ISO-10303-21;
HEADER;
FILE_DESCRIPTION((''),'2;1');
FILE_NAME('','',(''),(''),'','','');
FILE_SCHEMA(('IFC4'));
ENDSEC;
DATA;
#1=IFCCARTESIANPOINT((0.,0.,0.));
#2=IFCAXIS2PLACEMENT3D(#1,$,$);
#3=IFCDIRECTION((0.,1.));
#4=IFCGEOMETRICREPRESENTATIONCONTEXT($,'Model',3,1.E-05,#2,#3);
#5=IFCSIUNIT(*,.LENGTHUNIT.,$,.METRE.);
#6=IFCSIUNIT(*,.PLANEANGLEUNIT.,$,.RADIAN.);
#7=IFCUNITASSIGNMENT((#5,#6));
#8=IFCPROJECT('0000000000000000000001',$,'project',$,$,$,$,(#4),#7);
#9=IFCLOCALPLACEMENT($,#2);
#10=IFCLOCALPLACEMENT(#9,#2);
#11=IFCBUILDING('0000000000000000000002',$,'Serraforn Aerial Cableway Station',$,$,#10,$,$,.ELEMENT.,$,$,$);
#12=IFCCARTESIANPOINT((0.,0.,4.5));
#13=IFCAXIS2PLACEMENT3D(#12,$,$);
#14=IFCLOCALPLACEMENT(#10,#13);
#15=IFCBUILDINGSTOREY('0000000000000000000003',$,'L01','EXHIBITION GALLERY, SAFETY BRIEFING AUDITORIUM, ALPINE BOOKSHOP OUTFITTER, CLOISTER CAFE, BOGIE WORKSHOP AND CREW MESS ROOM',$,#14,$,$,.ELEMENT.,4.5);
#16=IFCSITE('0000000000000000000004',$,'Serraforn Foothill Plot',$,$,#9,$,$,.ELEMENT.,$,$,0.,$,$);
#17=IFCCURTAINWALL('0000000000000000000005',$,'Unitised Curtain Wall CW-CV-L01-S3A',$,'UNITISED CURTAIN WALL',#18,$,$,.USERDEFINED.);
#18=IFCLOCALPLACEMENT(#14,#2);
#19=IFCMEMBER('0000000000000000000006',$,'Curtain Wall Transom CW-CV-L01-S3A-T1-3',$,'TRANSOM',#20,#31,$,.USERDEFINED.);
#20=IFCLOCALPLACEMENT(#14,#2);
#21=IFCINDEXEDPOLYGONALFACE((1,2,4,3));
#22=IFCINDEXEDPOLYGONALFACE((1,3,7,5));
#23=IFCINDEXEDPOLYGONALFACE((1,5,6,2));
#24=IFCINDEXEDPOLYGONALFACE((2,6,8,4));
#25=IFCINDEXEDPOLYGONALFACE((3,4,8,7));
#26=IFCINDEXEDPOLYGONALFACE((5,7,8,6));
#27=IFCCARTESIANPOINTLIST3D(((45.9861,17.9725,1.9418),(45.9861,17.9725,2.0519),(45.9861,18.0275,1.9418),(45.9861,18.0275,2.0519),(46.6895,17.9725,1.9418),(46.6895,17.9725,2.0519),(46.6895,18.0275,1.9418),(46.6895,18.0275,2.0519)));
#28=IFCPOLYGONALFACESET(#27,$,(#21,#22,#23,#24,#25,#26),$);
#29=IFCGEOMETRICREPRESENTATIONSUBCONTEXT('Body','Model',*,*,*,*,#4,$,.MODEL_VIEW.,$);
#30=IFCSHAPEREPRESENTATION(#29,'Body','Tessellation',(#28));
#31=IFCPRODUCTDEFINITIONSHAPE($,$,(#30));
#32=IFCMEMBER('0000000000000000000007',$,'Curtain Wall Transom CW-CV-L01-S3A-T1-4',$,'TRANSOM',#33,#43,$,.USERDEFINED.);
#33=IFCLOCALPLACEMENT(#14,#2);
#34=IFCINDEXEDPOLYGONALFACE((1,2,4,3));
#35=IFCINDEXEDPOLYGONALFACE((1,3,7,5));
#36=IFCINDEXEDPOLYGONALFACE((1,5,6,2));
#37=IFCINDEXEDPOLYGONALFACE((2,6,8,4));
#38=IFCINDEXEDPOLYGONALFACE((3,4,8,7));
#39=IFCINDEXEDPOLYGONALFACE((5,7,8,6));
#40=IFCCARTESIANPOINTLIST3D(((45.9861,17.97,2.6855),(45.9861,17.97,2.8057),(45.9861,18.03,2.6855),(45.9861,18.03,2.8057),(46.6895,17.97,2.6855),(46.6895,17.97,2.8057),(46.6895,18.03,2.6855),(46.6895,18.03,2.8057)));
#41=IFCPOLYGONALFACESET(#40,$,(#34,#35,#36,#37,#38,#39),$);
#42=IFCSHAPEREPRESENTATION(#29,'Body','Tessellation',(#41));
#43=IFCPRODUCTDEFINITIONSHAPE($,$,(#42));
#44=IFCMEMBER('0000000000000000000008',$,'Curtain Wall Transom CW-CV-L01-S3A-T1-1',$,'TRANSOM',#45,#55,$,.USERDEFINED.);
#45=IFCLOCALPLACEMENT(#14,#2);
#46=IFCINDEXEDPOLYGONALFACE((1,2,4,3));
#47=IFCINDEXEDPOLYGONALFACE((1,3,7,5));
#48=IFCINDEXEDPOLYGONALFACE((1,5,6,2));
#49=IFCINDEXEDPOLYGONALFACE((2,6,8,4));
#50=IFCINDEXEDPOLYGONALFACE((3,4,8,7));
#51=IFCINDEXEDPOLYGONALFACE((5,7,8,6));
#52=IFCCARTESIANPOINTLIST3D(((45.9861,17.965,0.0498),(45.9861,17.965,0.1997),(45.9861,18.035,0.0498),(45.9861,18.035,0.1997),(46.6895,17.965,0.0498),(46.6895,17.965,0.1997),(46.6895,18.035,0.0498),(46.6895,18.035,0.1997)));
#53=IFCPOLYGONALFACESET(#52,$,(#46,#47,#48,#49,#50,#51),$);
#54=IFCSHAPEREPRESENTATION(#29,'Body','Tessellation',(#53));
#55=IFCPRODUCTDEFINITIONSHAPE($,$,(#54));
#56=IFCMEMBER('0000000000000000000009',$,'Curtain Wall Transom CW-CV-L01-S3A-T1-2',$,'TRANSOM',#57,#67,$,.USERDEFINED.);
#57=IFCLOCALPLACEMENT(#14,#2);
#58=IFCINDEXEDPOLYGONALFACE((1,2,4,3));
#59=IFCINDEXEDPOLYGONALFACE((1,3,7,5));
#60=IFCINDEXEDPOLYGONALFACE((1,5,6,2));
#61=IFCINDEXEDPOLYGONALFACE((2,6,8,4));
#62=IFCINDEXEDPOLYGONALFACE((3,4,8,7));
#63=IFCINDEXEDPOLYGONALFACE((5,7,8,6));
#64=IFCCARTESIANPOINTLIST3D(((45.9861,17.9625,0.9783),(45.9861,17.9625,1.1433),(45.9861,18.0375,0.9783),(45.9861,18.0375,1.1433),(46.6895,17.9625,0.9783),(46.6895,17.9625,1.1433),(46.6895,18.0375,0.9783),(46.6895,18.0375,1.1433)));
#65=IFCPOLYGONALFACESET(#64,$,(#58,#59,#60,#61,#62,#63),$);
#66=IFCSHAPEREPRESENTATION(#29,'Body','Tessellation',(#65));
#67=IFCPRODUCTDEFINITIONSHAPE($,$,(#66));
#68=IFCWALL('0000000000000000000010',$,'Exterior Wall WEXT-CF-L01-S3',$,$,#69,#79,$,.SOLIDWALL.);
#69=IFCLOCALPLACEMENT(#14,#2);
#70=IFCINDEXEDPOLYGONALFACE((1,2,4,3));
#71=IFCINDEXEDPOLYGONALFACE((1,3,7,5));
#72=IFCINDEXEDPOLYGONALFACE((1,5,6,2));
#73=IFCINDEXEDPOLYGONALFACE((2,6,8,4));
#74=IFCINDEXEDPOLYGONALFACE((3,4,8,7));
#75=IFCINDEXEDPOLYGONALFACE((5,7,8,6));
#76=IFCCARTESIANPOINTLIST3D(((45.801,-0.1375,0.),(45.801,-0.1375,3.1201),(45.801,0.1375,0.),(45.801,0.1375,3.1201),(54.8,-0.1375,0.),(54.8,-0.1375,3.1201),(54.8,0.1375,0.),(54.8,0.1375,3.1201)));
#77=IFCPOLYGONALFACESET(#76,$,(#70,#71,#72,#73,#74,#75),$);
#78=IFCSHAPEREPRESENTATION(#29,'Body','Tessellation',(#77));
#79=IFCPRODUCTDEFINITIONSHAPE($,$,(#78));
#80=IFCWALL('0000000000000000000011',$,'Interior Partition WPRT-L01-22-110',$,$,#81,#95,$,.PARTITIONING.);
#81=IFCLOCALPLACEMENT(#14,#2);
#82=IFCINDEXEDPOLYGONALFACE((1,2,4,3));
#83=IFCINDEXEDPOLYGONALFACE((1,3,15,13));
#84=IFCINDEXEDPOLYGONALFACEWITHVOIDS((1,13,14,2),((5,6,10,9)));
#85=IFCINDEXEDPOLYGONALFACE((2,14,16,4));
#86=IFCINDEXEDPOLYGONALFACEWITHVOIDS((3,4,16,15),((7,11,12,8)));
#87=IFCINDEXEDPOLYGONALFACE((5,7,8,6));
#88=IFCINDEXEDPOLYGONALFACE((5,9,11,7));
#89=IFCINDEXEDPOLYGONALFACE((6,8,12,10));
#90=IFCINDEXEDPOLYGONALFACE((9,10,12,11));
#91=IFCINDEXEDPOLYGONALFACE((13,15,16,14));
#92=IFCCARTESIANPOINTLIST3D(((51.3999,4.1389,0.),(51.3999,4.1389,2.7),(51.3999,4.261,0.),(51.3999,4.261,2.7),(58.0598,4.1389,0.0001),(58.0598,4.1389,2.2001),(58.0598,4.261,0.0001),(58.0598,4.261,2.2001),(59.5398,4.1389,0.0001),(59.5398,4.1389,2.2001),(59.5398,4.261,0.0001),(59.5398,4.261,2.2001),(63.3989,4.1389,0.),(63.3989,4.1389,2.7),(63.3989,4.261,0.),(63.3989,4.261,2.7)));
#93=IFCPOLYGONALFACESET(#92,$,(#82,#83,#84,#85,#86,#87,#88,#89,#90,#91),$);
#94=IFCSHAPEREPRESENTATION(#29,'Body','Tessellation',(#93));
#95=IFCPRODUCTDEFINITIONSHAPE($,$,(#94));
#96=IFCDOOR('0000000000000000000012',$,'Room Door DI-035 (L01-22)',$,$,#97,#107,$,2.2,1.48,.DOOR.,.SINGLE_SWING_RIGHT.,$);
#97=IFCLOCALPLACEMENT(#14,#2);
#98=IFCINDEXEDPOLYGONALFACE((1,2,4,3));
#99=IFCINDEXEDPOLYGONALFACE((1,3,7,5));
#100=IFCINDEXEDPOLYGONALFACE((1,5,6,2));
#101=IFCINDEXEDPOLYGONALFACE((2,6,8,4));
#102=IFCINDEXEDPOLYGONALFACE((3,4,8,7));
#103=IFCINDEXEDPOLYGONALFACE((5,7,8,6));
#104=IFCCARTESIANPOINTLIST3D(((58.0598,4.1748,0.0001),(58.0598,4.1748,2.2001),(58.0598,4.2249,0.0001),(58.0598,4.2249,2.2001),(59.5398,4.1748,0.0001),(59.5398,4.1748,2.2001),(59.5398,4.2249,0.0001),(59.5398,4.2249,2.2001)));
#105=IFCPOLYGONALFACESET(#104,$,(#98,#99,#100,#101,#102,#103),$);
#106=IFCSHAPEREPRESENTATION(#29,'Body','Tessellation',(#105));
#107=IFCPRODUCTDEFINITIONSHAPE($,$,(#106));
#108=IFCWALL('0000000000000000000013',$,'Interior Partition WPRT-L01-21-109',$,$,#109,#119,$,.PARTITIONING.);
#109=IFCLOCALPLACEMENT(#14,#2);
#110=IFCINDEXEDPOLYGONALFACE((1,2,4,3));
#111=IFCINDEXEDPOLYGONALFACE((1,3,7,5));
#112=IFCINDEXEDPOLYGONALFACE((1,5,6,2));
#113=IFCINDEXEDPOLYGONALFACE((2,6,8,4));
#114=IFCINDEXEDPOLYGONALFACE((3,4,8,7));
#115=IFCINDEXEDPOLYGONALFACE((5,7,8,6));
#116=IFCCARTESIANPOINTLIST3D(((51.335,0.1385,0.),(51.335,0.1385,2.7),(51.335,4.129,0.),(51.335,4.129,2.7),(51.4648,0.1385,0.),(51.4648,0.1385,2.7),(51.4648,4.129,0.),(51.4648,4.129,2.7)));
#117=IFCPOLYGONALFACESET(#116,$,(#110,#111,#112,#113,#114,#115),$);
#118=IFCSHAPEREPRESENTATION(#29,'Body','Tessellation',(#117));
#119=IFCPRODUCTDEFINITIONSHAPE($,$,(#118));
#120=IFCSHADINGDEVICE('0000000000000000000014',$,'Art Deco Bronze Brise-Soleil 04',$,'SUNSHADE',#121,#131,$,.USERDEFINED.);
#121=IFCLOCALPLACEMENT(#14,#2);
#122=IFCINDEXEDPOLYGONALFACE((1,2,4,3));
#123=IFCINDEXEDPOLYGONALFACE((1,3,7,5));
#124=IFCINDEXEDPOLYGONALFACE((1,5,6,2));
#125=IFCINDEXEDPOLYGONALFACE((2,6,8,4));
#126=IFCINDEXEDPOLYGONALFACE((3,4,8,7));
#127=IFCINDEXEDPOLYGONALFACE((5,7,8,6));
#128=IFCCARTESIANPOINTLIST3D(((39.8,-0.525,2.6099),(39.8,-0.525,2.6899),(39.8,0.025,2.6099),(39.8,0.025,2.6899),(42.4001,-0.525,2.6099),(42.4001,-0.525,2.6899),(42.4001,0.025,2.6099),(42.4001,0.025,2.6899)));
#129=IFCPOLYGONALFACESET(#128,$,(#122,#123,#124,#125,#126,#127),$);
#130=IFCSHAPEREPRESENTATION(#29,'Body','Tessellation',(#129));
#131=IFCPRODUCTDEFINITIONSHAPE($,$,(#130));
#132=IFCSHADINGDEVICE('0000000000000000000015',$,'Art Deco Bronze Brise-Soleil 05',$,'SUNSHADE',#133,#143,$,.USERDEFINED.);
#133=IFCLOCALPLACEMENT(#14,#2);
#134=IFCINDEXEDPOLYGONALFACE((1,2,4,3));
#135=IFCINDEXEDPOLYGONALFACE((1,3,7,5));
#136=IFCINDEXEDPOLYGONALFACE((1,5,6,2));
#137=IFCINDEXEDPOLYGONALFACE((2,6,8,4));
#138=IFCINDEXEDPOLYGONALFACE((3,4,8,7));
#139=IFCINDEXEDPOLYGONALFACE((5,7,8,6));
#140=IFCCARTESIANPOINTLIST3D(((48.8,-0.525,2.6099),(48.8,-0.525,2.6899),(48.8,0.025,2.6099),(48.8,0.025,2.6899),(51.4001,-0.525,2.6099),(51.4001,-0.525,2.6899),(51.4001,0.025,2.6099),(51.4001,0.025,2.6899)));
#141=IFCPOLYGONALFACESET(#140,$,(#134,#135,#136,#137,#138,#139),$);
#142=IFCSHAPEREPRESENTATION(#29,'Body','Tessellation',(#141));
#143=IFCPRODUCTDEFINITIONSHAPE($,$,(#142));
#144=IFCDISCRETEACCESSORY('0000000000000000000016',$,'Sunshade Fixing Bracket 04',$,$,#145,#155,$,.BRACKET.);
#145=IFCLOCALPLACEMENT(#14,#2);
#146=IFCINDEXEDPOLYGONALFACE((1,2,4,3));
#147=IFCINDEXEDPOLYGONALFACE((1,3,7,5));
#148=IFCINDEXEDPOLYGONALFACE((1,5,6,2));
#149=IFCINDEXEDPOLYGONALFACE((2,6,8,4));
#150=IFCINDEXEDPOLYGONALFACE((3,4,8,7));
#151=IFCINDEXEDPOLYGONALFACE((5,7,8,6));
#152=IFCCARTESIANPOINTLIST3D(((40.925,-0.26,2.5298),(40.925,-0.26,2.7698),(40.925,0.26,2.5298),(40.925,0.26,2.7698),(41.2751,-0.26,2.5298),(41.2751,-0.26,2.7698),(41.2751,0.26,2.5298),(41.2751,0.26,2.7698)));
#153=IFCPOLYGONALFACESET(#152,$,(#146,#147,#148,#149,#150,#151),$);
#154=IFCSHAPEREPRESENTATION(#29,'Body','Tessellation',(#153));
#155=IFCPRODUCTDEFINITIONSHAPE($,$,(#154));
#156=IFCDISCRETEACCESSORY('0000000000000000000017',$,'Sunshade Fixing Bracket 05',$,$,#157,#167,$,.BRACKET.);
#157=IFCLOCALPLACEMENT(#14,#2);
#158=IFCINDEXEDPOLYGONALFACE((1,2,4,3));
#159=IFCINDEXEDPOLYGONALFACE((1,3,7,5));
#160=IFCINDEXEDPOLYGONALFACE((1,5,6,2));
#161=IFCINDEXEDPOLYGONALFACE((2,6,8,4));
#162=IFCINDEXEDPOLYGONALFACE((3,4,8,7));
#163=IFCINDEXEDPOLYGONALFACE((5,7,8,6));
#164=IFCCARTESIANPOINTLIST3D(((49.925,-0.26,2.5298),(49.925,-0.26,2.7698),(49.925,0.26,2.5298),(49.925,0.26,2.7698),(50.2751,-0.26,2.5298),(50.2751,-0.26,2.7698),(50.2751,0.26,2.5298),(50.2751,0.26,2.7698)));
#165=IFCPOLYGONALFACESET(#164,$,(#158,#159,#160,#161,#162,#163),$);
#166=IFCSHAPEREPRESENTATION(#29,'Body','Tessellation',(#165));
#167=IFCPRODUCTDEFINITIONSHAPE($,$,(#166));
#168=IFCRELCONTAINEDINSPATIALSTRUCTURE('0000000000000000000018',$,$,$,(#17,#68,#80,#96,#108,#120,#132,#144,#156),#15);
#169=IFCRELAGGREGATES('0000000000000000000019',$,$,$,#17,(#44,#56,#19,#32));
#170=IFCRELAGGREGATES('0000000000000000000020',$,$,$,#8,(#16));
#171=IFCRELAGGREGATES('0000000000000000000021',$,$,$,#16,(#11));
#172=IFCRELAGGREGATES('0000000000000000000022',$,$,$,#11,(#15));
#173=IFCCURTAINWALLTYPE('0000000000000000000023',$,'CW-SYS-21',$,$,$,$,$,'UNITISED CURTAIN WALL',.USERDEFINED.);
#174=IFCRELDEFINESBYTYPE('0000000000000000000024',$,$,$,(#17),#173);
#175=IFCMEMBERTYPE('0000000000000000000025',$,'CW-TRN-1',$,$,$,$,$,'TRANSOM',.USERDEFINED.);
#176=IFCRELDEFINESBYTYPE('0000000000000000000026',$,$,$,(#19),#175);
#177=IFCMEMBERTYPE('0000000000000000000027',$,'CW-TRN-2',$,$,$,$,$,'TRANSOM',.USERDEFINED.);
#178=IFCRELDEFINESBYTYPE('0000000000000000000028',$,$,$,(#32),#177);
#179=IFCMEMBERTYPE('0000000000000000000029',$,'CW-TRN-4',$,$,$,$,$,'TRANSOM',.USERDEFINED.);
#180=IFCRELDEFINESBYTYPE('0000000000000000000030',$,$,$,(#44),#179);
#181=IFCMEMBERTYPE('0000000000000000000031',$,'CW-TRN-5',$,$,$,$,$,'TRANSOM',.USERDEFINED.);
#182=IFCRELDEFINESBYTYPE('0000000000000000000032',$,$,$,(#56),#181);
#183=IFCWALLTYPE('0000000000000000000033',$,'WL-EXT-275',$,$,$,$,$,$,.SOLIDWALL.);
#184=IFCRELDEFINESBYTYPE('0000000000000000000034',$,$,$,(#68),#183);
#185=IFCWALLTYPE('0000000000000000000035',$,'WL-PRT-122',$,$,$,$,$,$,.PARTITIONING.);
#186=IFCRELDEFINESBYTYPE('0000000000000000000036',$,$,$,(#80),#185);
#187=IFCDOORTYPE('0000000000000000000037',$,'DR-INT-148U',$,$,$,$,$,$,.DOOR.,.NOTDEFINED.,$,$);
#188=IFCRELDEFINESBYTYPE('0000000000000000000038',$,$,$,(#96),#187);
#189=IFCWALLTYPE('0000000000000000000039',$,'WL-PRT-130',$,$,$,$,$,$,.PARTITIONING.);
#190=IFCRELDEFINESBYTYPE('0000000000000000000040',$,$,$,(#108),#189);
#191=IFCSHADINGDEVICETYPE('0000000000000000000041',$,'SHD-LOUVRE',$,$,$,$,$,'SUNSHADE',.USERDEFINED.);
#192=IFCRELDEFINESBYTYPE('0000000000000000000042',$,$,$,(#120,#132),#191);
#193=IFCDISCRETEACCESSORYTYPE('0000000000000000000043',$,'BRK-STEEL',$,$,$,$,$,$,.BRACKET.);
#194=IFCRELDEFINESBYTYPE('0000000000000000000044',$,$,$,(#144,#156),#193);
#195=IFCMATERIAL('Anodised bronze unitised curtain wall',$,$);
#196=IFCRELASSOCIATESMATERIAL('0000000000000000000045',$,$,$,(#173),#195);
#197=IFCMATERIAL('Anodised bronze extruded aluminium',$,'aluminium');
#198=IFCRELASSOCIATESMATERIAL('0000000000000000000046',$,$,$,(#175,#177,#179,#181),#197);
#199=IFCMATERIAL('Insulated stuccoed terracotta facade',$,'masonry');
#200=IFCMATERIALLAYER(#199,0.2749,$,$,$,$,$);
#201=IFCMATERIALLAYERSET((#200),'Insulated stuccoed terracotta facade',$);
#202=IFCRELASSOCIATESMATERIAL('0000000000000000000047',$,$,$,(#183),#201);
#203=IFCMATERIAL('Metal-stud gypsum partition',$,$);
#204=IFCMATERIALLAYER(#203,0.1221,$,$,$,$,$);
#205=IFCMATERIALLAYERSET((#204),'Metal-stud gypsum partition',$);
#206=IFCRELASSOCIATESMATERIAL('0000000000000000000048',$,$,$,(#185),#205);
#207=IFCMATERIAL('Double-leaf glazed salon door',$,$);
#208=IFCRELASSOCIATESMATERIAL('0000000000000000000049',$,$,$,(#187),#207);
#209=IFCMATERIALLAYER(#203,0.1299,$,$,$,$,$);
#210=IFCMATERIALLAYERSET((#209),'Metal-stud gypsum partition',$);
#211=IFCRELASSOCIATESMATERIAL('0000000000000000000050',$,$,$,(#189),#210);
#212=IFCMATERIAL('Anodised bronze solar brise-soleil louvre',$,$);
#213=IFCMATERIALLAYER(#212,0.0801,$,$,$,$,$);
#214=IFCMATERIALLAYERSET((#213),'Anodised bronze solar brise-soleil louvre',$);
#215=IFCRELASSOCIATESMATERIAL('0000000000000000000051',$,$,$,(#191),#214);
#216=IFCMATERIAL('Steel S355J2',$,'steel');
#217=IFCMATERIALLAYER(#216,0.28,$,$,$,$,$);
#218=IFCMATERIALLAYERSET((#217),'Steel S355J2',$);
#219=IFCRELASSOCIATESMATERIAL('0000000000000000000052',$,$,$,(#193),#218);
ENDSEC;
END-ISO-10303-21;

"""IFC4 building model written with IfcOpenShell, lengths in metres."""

from ifc_helpers import new_model, si_unit, direction, frame, frame_2d, origin, origin_2d, place, context, subcontext, project, spatial, rectangle, extrude, material, layer, layer_set, material_profile, profile_set, type_object, element, fill, aggregate, save


model = new_model("IFC4")

# Units and contexts
model_context = context("Model", 3, precision=1e-05, world=origin(), true_north=direction((0.0, 1.0)))
body_context = subcontext(model_context, "Body", "Model", "MODEL_VIEW")
ifc_project = project(units=[si_unit("LENGTHUNIT", "METRE"), si_unit("PLANEANGLEUNIT", "RADIAN")], contexts=[model_context])

# Site, building, storey
site_placement = place(None, origin())
site = spatial("IfcSite", under=ifc_project, at=site_placement, Name="Serraforn Foothill Plot", CompositionType="ELEMENT", RefElevation=0.0)
building_placement = place(site_placement, origin())
building = spatial("IfcBuilding", under=site, at=building_placement, Name="Serraforn Aerial Cableway Station", CompositionType="ELEMENT")
storey_placement = place(building_placement, frame((0.0, 0.0, 4.5)))
storey = spatial("IfcBuildingStorey", under=building, at=storey_placement, Name="L01", Description="EXHIBITION GALLERY, SAFETY BRIEFING AUDITORIUM, ALPINE BOOKSHOP OUTFITTER, CLOISTER CAFE, BOGIE WORKSHOP AND CREW MESS ROOM", CompositionType="ELEMENT", Elevation=4.5)

# Shared definitions
ifc_material_1 = material(Name="Steel S355J2", Category="steel")

# Curtain wall, members
ifc_material_2 = material(Name="Anodised bronze unitised curtain wall")
curtain_wall_type = type_object("IfcCurtainWallType", Name="CW-SYS-21", ElementType="UNITISED CURTAIN WALL", PredefinedType="USERDEFINED", material=ifc_material_2)
curtain_wall_placement = place(storey_placement, origin())
curtain_wall = element("IfcCurtainWall", 1, at=curtain_wall_placement, inside=storey, type_object=curtain_wall_type, Name="Unitised Curtain Wall CW-CV-L01-S3A", ObjectType="UNITISED CURTAIN WALL", PredefinedType="USERDEFINED")
ifc_material_3 = material(Name="Anodised bronze extruded aluminium", Category="aluminium")
ifc_material_profile_1 = material_profile(ifc_material_3, rectangle(XDim=0.0549, YDim=0.1101, at=origin_2d()), Name="CW TRANSOM 55x110")
ifc_profile_set_1 = profile_set([ifc_material_profile_1], Name="Anodised bronze extruded aluminium")
member_type_1 = type_object("IfcMemberType", Name="CW-TRN-1", ElementType="TRANSOM", PredefinedType="USERDEFINED", material=ifc_profile_set_1)
member_1_placement = place(storey_placement, frame((45.9861, 18.0, 1.9968), z_axis=(1.0, 0.0, 0.0), x_axis=(0.0, 1.0, 0.0)))
member_1 = element("IfcMember", 2, at=member_1_placement, type_object=member_type_1, Name="Curtain Wall Transom CW-CV-L01-S3A-T1-3", ObjectType="TRANSOM", PredefinedType="USERDEFINED", context=body_context, shape_type="SweptSolid", body=[
    extrude(rectangle(XDim=0.0549, YDim=0.1101, at=origin_2d()), origin(), (0.0, 0.0, 1.0), 0.7034),
])
ifc_material_profile_2 = material_profile(ifc_material_3, rectangle(XDim=0.0601, YDim=0.1201, at=origin_2d()), Name="CW TRANSOM 60x120")
ifc_profile_set_2 = profile_set([ifc_material_profile_2], Name="Anodised bronze extruded aluminium")
member_type_2 = type_object("IfcMemberType", Name="CW-TRN-2", ElementType="TRANSOM", PredefinedType="USERDEFINED", material=ifc_profile_set_2)
member_2_placement = place(storey_placement, frame((45.9861, 18.0, 2.7456), z_axis=(1.0, 0.0, 0.0), x_axis=(0.0, 1.0, 0.0)))
member_2 = element("IfcMember", 3, at=member_2_placement, type_object=member_type_2, Name="Curtain Wall Transom CW-CV-L01-S3A-T1-4", ObjectType="TRANSOM", PredefinedType="USERDEFINED", context=body_context, shape_type="SweptSolid", body=[
    extrude(rectangle(XDim=0.0601, YDim=0.1201, at=origin_2d()), origin(), (0.0, 0.0, 1.0), 0.7034),
])
ifc_material_profile_3 = material_profile(ifc_material_3, rectangle(XDim=0.0701, YDim=0.1499, at=origin_2d()), Name="CW TRANSOM 70x150")
ifc_profile_set_3 = profile_set([ifc_material_profile_3], Name="Anodised bronze extruded aluminium")
member_type_3 = type_object("IfcMemberType", Name="CW-TRN-4", ElementType="TRANSOM", PredefinedType="USERDEFINED", material=ifc_profile_set_3)
member_3_placement = place(storey_placement, frame((45.9861, 18.0, 0.1248), z_axis=(1.0, 0.0, 0.0), x_axis=(0.0, 1.0, 0.0)))
member_3 = element("IfcMember", 4, at=member_3_placement, type_object=member_type_3, Name="Curtain Wall Transom CW-CV-L01-S3A-T1-1", ObjectType="TRANSOM", PredefinedType="USERDEFINED", context=body_context, shape_type="SweptSolid", body=[
    extrude(rectangle(XDim=0.0701, YDim=0.1499, at=origin_2d()), origin(), (0.0, 0.0, 1.0), 0.7034),
])
ifc_material_profile_4 = material_profile(ifc_material_3, rectangle(XDim=0.075, YDim=0.165, at=origin_2d()), Name="CW TRANSOM 75x165")
ifc_profile_set_4 = profile_set([ifc_material_profile_4], Name="Anodised bronze extruded aluminium")
member_type_4 = type_object("IfcMemberType", Name="CW-TRN-5", ElementType="TRANSOM", PredefinedType="USERDEFINED", material=ifc_profile_set_4)
member_4_placement = place(storey_placement, frame((45.9861, 18.0, 1.0608), z_axis=(1.0, 0.0, 0.0), x_axis=(0.0, 1.0, 0.0)))
member_4 = element("IfcMember", 5, at=member_4_placement, type_object=member_type_4, Name="Curtain Wall Transom CW-CV-L01-S3A-T1-2", ObjectType="TRANSOM", PredefinedType="USERDEFINED", context=body_context, shape_type="SweptSolid", body=[
    extrude(rectangle(XDim=0.075, YDim=0.165, at=origin_2d()), origin(), (0.0, 0.0, 1.0), 0.7034),
])
aggregate(curtain_wall, [member_3, member_4, member_1, member_2])

# Wall
ifc_material_4 = material(Name="Insulated stuccoed terracotta facade", Category="masonry")
ifc_layer_1 = layer(ifc_material_4, 0.2749)
ifc_layer_set_1 = layer_set([ifc_layer_1], Name="Insulated stuccoed terracotta facade")
wall_type_1 = type_object("IfcWallType", Name="WL-EXT-275", PredefinedType="SOLIDWALL", material=ifc_layer_set_1)
wall_1_placement = place(storey_placement, frame((45.801, 0.0, 0.0), z_axis=(0.0, 0.0, 1.0), x_axis=(1.0, 0.0, 0.0)))
element("IfcWall", 6, at=wall_1_placement, inside=storey, type_object=wall_type_1, Name="Exterior Wall WEXT-CF-L01-S3", PredefinedType="SOLIDWALL", context=body_context, shape_type="SweptSolid", body=[
    extrude(rectangle(XDim=8.999, YDim=0.2749, at=frame_2d((4.4995, 0.0))), origin(), (0.0, 0.0, 1.0), 3.1201),
])

# Wall, opening, door
ifc_material_5 = material(Name="Metal-stud gypsum partition")
ifc_layer_2 = layer(ifc_material_5, 0.1221)
ifc_layer_set_2 = layer_set([ifc_layer_2], Name="Metal-stud gypsum partition")
wall_type_2 = type_object("IfcWallType", Name="WL-PRT-122", PredefinedType="PARTITIONING", material=ifc_layer_set_2)
wall_2_placement = place(storey_placement, frame((51.3999, 4.2, 0.0), z_axis=(0.0, 0.0, 1.0), x_axis=(1.0, 0.0, 0.0)))
wall_2 = element("IfcWall", 7, at=wall_2_placement, inside=storey, type_object=wall_type_2, Name="Interior Partition WPRT-L01-22-110", PredefinedType="PARTITIONING", context=body_context, shape_type="SweptSolid", body=[
    extrude(rectangle(XDim=11.999, YDim=0.1221, at=frame_2d((5.9995, 0.0))), origin(), (0.0, 0.0, 1.0), 2.7),
])
opening_placement = place(wall_2_placement, frame((6.6599, 0.0, 0.0)))
opening = element("IfcOpeningElement", 8, at=opening_placement, cuts=wall_2, PredefinedType="OPENING", context=body_context, shape_type="SweptSolid", body=[
    extrude(rectangle(XDim=1.48, YDim=2.2, at=frame_2d((0.74, 1.1001))), frame((0.0, 0.071, 0.0), z_axis=(0.0, -1.0, 0.0), x_axis=(1.0, 0.0, 0.0)), (0.0, 0.0, 1.0), 0.1421),
])
ifc_material_6 = material(Name="Double-leaf glazed salon door")
door_type = type_object("IfcDoorType", Name="DR-INT-148U", OperationType="NOTDEFINED", PredefinedType="DOOR", material=ifc_material_6)
door_placement = place(opening_placement, origin())
door = element("IfcDoor", 9, at=door_placement, inside=storey, type_object=door_type, Name="Room Door DI-035 (L01-22)", OperationType="SINGLE_SWING_RIGHT", OverallHeight=2.2, OverallWidth=1.48, PredefinedType="DOOR", context=body_context, shape_type="SweptSolid", body=[
    extrude(rectangle(XDim=1.48, YDim=2.2, at=frame_2d((0.74, 1.1001))), frame((0.0, 0.0249, 0.0), z_axis=(0.0, -1.0, 0.0), x_axis=(1.0, 0.0, 0.0)), (0.0, 0.0, 1.0), 0.05),
])
fill(opening, door)

# Wall
ifc_layer_3 = layer(ifc_material_5, 0.1299)
ifc_layer_set_3 = layer_set([ifc_layer_3], Name="Metal-stud gypsum partition")
wall_type_3 = type_object("IfcWallType", Name="WL-PRT-130", PredefinedType="PARTITIONING", material=ifc_layer_set_3)
wall_3_placement = place(storey_placement, frame((51.3999, 4.1289, 0.0), z_axis=(0.0, 0.0, 1.0), x_axis=(0.0, -1.0, 0.0)))
element("IfcWall", 10, at=wall_3_placement, inside=storey, type_object=wall_type_3, Name="Interior Partition WPRT-L01-21-109", PredefinedType="PARTITIONING", context=body_context, shape_type="SweptSolid", body=[
    extrude(rectangle(XDim=3.9905, YDim=0.1299, at=frame_2d((1.9951, 0.0))), origin(), (0.0, 0.0, 1.0), 2.7),
])

# Shading devices
ifc_material_7 = material(Name="Anodised bronze solar brise-soleil louvre")
ifc_layer_4 = layer(ifc_material_7, 0.0801)
ifc_layer_set_4 = layer_set([ifc_layer_4], Name="Anodised bronze solar brise-soleil louvre")
shading_device_type = type_object("IfcShadingDeviceType", Name="SHD-LOUVRE", ElementType="SUNSHADE", PredefinedType="USERDEFINED", material=ifc_layer_set_4)
for number, where, z_axis, x_axis, name in (
    (11, (41.1001, -0.25, 2.6099), (0.0, 0.0, 1.0), (1.0, 0.0, 0.0), "Art Deco Bronze Brise-Soleil 04"),
    (12, (50.1001, -0.25, 2.6099), (0.0, 0.0, 1.0), (1.0, 0.0, 0.0), "Art Deco Bronze Brise-Soleil 05"),
):
    element("IfcShadingDevice", number, at=place(storey_placement, frame(where, z_axis=z_axis, x_axis=x_axis)), inside=storey, type_object=shading_device_type, Name=name, ObjectType="SUNSHADE", PredefinedType="USERDEFINED", context=body_context, shape_type="SweptSolid", body=[
        extrude(rectangle(XDim=2.6001, YDim=0.55, at=origin_2d()), origin(), (0.0, 0.0, 1.0), 0.0801),
    ])

# Discrete accessories
ifc_layer_5 = layer(ifc_material_1, 0.28)
ifc_layer_set_5 = layer_set([ifc_layer_5], Name="Steel S355J2")
discrete_accessory_type = type_object("IfcDiscreteAccessoryType", Name="BRK-STEEL", PredefinedType="BRACKET", material=ifc_layer_set_5)
for number, where, z_axis, x_axis, name in (
    (13, (41.1001, 0.0, 2.5298), (0.0, 0.0, 1.0), (1.0, 0.0, 0.0), "Sunshade Fixing Bracket 04"),
    (14, (50.1001, 0.0, 2.5298), (0.0, 0.0, 1.0), (1.0, 0.0, 0.0), "Sunshade Fixing Bracket 05"),
):
    element("IfcDiscreteAccessory", number, at=place(storey_placement, frame(where, z_axis=z_axis, x_axis=x_axis)), inside=storey, type_object=discrete_accessory_type, Name=name, PredefinedType="BRACKET", context=body_context, shape_type="SweptSolid", body=[
        extrude(rectangle(XDim=0.3501, YDim=0.52, at=origin_2d()), origin(), (0.0, 0.0, 1.0), 0.24),
    ])

save(model, "model.ifc")
